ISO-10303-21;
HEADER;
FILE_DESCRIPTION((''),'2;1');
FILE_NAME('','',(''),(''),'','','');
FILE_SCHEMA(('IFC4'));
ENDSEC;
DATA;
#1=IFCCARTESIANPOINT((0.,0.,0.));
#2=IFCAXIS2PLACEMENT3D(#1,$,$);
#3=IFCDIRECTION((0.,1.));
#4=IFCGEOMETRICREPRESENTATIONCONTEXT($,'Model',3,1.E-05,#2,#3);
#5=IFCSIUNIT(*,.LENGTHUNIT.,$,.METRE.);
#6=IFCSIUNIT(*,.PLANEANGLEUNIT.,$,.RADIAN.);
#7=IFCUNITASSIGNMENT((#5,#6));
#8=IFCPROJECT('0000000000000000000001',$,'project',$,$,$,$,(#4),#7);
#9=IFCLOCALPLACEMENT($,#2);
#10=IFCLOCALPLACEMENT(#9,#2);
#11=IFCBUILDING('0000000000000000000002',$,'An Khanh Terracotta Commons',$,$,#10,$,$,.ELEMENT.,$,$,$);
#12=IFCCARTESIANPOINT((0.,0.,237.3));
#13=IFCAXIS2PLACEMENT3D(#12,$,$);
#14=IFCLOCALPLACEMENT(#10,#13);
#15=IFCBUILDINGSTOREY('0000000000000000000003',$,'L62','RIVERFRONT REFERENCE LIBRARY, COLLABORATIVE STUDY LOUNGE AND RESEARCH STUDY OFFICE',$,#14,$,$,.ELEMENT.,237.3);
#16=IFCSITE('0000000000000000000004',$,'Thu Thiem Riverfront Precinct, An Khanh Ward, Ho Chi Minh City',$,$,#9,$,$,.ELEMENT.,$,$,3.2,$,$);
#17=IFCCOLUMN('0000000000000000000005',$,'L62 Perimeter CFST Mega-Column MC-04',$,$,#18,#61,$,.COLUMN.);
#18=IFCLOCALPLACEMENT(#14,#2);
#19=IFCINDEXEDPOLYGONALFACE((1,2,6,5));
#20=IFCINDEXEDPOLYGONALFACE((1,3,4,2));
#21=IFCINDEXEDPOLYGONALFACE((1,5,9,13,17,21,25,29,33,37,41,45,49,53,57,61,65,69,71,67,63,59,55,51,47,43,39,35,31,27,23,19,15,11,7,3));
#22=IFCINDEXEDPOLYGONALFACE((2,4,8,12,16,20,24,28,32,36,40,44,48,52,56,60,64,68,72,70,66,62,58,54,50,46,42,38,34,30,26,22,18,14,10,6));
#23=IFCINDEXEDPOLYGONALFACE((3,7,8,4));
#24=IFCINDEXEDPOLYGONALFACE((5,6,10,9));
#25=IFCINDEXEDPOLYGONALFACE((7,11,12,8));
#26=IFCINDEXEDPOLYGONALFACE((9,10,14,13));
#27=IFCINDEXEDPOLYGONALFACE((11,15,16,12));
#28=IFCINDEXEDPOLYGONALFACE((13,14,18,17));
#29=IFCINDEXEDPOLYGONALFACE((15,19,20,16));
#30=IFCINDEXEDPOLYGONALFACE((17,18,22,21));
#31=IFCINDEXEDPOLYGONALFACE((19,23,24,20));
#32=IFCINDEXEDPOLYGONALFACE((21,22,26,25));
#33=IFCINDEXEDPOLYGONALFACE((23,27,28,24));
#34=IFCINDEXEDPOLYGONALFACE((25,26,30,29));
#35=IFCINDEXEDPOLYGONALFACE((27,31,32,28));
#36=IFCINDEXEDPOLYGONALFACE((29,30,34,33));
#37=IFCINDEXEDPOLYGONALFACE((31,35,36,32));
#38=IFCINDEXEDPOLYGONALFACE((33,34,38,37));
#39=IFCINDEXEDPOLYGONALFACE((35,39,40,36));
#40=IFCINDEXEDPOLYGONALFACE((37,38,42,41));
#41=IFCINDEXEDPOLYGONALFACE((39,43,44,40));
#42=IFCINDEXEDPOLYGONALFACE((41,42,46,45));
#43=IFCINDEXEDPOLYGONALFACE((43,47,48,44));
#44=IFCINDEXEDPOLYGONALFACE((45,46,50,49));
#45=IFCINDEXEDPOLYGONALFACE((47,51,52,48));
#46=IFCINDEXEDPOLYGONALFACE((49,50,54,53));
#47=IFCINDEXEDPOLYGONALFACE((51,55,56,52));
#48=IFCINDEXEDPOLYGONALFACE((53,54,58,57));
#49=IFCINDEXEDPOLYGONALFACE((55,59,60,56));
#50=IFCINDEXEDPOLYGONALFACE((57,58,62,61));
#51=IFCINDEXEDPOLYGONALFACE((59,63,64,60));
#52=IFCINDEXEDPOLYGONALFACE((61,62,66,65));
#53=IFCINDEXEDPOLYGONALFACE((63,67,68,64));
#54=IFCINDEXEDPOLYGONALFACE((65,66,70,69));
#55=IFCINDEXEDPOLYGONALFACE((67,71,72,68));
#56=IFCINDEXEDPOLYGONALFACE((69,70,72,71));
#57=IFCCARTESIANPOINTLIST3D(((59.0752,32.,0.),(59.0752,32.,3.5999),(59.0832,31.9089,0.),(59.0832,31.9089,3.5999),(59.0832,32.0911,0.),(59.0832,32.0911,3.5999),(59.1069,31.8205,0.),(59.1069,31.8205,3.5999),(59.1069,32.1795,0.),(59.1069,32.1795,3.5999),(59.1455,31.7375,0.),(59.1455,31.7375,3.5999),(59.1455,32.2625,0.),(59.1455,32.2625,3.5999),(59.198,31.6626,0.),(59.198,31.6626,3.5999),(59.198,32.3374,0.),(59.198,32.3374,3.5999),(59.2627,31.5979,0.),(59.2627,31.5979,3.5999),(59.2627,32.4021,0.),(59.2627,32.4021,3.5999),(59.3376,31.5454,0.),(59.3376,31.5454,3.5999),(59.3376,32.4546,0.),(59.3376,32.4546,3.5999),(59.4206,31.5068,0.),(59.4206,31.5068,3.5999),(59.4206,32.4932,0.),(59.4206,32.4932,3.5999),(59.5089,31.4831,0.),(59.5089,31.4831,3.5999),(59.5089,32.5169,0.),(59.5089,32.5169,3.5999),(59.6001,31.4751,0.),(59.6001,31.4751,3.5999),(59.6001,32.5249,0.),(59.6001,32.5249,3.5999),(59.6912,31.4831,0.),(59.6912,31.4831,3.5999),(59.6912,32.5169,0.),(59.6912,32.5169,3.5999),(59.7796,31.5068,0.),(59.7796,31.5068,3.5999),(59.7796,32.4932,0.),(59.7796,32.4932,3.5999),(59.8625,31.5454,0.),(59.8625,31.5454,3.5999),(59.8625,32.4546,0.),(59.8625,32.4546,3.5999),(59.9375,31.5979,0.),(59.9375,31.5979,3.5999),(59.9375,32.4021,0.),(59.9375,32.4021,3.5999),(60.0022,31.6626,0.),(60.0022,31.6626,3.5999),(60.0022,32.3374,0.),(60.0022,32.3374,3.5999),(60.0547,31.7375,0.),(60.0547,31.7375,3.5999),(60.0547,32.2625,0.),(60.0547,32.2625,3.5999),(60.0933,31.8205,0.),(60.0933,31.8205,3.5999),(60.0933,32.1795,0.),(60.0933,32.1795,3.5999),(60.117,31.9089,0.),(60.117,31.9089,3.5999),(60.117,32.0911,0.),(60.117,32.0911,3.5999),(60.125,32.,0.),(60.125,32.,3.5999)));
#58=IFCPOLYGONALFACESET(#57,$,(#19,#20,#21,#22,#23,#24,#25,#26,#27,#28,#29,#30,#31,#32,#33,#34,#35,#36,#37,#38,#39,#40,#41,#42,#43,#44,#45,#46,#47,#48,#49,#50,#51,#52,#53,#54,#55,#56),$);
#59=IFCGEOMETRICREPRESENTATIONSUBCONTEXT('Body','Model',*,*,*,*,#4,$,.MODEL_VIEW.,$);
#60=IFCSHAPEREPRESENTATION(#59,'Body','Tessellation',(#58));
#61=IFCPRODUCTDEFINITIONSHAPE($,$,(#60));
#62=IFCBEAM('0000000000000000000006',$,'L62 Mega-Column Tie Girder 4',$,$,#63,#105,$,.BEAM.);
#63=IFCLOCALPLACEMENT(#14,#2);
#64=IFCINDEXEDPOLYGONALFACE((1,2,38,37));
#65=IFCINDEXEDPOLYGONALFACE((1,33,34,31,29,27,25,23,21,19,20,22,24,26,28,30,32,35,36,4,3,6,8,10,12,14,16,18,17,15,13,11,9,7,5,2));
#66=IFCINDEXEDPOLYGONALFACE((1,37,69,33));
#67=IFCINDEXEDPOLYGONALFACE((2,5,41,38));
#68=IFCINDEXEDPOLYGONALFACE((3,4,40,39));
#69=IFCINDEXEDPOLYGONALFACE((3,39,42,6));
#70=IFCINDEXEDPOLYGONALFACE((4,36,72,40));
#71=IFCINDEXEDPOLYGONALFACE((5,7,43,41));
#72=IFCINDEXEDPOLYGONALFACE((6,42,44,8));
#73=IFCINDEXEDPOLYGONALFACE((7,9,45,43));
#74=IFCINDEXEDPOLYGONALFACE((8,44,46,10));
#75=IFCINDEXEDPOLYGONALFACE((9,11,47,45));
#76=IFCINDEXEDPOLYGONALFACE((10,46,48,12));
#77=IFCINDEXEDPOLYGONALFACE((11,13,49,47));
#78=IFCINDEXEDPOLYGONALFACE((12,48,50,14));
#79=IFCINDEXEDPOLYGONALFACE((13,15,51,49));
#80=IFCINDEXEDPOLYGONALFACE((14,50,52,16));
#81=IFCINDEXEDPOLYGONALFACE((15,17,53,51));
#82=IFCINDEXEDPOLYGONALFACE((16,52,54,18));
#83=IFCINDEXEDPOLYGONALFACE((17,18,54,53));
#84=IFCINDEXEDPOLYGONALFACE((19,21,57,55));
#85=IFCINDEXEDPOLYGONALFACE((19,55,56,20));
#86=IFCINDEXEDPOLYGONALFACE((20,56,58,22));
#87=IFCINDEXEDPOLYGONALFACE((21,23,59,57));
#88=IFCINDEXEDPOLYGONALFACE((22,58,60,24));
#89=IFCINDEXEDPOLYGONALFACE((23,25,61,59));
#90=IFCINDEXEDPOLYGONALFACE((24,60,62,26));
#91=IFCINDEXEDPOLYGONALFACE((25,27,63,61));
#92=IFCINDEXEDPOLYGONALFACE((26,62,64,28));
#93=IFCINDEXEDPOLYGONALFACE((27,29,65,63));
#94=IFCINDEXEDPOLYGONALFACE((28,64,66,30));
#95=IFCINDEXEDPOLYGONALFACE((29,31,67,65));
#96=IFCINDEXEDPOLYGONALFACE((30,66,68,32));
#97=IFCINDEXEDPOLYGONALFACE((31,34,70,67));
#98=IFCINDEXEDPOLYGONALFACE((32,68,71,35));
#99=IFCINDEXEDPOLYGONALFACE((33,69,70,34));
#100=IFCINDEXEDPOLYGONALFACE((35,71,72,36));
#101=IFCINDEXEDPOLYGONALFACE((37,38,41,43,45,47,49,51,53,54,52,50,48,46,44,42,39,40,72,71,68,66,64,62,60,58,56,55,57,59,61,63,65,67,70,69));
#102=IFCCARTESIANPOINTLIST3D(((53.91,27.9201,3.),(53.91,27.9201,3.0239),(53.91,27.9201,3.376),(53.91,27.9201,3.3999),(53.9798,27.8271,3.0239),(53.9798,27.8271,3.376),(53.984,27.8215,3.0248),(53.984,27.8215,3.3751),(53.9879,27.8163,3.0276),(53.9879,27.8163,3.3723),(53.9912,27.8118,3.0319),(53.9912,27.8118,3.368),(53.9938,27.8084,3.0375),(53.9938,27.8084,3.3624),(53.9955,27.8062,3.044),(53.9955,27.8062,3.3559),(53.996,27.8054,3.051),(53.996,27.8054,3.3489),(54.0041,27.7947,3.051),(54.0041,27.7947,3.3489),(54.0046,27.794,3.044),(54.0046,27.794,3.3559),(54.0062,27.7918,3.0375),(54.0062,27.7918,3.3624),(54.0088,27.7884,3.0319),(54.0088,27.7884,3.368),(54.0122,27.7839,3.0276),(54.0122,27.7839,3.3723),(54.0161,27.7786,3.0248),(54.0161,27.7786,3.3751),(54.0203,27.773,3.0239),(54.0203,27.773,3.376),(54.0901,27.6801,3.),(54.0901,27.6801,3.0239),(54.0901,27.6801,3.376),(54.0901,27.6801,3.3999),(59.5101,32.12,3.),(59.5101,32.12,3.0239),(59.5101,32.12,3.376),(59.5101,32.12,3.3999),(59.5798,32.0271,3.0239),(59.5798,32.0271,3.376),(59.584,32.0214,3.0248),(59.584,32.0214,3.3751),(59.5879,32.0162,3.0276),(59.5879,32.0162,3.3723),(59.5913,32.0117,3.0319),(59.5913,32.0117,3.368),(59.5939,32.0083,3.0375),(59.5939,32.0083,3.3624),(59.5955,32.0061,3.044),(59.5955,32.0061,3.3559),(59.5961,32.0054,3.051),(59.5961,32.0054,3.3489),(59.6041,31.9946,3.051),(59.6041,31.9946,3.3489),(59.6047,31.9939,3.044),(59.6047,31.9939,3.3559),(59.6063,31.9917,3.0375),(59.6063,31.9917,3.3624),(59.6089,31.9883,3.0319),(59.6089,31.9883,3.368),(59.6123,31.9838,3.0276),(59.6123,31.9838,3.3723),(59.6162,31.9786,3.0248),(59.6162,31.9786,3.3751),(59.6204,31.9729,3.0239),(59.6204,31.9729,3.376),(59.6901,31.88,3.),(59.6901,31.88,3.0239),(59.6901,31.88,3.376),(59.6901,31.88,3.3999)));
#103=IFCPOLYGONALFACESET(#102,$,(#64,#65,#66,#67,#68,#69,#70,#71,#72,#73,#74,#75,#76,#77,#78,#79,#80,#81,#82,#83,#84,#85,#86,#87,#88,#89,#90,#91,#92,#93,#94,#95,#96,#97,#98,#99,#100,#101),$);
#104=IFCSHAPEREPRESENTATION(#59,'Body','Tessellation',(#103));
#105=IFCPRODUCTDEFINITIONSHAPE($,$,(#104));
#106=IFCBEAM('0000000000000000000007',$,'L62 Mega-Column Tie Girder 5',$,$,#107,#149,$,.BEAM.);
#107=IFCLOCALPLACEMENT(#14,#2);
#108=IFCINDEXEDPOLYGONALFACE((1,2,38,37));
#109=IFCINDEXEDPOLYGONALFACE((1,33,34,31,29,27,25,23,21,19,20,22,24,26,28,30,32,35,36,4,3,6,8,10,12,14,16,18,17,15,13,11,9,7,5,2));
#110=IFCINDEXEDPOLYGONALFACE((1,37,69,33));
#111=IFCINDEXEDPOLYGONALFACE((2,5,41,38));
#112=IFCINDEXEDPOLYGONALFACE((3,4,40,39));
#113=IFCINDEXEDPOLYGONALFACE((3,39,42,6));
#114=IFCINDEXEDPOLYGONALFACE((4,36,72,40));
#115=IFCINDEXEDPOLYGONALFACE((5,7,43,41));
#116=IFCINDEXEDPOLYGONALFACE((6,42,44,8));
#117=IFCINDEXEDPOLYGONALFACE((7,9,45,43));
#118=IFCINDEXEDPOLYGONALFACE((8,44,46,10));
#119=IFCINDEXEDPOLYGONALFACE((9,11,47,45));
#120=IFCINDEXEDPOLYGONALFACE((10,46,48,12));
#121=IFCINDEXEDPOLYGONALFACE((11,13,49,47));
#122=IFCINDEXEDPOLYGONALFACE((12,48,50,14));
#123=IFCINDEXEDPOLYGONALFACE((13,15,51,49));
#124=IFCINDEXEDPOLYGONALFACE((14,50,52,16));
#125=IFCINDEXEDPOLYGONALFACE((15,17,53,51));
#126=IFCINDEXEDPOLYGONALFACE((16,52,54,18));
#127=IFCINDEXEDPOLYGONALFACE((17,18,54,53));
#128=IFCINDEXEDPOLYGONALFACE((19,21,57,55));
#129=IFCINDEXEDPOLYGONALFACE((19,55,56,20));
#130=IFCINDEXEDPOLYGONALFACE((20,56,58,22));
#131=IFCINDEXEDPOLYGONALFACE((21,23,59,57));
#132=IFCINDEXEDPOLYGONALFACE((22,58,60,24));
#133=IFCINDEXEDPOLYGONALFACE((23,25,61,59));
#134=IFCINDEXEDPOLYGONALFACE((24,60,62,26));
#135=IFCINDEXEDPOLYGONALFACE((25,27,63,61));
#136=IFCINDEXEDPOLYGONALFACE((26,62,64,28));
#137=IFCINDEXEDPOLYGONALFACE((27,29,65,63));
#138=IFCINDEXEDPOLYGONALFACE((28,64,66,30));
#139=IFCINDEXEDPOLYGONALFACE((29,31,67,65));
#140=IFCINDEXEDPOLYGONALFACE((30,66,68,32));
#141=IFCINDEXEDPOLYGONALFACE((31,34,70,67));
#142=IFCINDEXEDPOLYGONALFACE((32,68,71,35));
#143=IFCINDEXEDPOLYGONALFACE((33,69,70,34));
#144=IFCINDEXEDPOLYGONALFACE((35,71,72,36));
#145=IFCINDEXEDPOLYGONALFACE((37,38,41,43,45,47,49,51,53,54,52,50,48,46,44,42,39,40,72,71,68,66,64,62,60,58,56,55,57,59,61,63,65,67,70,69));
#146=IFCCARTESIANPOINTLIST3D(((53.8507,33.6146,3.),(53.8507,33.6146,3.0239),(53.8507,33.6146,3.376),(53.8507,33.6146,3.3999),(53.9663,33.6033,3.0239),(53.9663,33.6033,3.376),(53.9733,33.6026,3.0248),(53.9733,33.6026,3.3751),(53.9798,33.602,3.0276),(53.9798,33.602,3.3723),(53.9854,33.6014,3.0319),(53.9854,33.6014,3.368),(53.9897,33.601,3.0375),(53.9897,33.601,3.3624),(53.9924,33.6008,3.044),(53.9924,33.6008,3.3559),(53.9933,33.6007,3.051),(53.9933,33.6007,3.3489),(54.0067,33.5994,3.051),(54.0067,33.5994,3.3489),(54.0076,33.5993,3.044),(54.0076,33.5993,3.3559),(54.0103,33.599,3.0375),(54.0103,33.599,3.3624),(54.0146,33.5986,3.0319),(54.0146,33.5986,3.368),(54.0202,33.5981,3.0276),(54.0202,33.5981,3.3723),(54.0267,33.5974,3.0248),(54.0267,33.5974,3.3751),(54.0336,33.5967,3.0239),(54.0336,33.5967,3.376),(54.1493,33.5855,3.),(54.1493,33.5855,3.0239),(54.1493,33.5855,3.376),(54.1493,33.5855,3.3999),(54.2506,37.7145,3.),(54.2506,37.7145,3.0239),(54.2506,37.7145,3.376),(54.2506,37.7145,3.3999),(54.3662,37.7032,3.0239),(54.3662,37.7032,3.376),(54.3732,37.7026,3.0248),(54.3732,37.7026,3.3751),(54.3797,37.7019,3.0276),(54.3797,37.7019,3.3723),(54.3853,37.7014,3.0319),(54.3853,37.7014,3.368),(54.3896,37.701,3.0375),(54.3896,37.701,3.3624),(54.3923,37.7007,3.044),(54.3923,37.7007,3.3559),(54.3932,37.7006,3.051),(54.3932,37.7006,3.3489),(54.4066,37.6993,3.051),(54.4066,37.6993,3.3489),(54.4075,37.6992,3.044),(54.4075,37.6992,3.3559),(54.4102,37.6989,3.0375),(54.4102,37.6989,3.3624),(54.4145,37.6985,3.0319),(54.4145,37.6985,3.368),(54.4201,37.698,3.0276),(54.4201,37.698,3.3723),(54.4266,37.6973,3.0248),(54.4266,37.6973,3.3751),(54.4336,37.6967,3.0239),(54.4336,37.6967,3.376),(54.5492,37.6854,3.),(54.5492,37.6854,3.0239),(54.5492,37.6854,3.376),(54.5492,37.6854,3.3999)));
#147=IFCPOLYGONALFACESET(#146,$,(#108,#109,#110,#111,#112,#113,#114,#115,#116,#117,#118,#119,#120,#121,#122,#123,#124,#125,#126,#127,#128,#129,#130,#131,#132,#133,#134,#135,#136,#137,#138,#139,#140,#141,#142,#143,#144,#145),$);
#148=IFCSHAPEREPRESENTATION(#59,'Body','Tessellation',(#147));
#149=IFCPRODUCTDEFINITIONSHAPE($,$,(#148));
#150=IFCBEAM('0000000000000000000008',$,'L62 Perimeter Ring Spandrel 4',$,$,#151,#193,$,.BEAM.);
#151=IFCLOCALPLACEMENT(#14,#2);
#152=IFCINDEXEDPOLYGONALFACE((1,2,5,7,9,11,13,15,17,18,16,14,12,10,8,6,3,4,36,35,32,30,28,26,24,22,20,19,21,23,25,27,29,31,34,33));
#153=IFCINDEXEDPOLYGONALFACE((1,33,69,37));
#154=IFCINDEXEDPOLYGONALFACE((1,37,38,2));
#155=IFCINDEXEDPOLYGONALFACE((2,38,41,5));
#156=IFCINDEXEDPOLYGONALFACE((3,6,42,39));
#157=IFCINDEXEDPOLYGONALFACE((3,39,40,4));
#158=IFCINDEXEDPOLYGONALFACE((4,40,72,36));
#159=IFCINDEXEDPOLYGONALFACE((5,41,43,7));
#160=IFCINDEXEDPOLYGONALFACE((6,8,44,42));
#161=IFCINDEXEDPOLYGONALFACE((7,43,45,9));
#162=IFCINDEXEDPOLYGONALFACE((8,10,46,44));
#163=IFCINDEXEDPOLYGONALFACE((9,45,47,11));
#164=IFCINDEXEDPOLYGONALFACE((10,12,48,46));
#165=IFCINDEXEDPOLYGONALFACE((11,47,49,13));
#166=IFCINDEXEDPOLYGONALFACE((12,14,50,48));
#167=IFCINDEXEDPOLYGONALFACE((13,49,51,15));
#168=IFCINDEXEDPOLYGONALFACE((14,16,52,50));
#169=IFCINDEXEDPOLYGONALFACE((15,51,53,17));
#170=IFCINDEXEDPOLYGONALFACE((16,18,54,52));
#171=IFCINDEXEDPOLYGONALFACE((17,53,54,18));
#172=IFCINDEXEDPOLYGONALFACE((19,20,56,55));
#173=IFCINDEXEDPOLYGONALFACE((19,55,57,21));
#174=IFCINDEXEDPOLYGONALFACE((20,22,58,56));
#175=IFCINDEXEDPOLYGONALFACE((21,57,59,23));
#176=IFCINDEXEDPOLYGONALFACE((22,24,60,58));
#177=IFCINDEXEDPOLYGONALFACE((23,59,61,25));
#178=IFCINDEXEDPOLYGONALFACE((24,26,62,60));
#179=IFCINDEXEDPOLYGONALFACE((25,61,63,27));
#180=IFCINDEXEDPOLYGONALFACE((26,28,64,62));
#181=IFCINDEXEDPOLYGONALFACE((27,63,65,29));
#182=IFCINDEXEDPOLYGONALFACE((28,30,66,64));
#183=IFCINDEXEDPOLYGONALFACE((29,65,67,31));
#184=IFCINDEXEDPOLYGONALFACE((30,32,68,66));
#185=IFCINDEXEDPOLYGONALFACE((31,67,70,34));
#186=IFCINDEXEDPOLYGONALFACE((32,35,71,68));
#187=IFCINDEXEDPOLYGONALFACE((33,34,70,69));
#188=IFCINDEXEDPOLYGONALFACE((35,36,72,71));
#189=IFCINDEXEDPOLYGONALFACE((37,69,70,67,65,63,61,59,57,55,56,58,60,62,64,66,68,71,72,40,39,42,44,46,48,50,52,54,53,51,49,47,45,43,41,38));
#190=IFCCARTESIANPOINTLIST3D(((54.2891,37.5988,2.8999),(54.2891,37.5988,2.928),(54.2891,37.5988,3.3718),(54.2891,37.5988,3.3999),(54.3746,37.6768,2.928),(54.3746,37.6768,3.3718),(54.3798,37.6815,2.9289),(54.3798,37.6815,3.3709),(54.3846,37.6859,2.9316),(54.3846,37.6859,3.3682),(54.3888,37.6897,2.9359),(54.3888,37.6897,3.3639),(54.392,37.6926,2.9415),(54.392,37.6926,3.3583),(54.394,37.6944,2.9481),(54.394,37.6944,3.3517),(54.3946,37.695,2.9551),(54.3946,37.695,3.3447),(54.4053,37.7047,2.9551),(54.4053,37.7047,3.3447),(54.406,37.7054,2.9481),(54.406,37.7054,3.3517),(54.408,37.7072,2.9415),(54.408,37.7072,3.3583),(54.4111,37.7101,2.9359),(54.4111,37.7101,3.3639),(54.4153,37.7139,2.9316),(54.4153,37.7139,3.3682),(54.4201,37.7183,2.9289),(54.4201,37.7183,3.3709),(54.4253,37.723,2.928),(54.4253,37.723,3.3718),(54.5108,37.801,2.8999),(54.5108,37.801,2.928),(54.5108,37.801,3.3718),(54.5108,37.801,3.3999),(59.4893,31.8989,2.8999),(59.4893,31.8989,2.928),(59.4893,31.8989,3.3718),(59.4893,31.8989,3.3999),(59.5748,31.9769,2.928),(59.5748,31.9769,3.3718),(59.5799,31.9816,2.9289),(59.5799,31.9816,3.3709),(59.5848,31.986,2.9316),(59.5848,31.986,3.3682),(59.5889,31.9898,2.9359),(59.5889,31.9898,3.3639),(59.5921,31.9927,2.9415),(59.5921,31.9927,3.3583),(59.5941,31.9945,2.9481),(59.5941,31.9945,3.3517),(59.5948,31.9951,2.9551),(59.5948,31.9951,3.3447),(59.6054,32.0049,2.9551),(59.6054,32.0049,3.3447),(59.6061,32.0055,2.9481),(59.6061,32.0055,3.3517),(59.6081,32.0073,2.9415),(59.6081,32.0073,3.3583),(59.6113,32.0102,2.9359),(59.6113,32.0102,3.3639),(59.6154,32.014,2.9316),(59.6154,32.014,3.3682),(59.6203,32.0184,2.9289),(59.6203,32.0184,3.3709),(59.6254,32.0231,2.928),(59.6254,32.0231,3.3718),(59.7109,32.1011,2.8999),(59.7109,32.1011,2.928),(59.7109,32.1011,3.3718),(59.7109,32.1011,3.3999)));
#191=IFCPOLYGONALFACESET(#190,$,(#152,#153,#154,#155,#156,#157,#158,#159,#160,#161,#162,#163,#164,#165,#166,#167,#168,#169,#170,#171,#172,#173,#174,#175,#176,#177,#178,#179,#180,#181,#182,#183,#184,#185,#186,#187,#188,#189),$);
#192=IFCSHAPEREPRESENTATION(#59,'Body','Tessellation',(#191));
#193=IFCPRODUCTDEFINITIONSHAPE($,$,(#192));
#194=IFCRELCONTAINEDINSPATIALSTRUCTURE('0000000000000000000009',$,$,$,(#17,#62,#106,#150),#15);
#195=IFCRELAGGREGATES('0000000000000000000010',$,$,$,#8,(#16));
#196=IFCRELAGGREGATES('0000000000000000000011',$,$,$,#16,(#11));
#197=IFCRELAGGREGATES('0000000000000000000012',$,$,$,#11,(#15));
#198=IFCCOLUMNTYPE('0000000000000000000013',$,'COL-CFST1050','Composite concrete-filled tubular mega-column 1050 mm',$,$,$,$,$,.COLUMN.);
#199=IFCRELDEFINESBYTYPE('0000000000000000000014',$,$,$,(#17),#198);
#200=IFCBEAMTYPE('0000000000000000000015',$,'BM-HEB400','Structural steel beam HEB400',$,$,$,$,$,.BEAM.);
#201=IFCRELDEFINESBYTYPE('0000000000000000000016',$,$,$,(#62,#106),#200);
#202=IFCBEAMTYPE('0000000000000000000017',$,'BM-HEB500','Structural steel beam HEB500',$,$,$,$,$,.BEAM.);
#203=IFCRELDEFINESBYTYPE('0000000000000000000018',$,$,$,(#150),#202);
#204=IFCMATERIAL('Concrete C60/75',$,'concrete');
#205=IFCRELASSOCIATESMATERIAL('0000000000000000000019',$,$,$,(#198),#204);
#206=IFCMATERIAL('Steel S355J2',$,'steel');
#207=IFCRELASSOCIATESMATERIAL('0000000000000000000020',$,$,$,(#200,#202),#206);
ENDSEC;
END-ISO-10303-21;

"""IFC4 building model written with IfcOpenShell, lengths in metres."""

from ifc_helpers import new_model, si_unit, direction, frame, origin, origin_2d, place, context, subcontext, project, spatial, circle, i_section, extrude, material, material_profile, profile_set, type_object, element, save


model = new_model("IFC4")

# Units and contexts
model_context = context("Model", 3, precision=1e-05, world=origin(), true_north=direction((0.0, 1.0)))
body_context = subcontext(model_context, "Body", "Model", "MODEL_VIEW")
ifc_project = project(units=[si_unit("LENGTHUNIT", "METRE"), si_unit("PLANEANGLEUNIT", "RADIAN")], contexts=[model_context])

# Site, building, storey
site_placement = place(None, origin())
site = spatial("IfcSite", under=ifc_project, at=site_placement, Name="Thu Thiem Riverfront Precinct, An Khanh Ward, Ho Chi Minh City", CompositionType="ELEMENT", RefElevation=3.2)
building_placement = place(site_placement, origin())
building = spatial("IfcBuilding", under=site, at=building_placement, Name="An Khanh Terracotta Commons", CompositionType="ELEMENT")
storey_placement = place(building_placement, frame((0.0, 0.0, 237.3)))
storey = spatial("IfcBuildingStorey", under=building, at=storey_placement, Name="L62", Description="RIVERFRONT REFERENCE LIBRARY, COLLABORATIVE STUDY LOUNGE AND RESEARCH STUDY OFFICE", CompositionType="ELEMENT", Elevation=237.3)

# Column
ifc_material_1 = material(Name="Concrete C60/75", Category="concrete")
ifc_material_profile_1 = material_profile(ifc_material_1, circle(Radius=0.5249, at=origin_2d()), Name="CFST1050")
ifc_profile_set_1 = profile_set([ifc_material_profile_1], Name="Concrete C60/75")
column_type = type_object("IfcColumnType", Name="COL-CFST1050", Description="Composite concrete-filled tubular mega-column 1050 mm", PredefinedType="COLUMN", material=ifc_profile_set_1)
column_placement = place(storey_placement, frame((59.6001, 32.0, 0.0), z_axis=(0.0, 0.0, 1.0), x_axis=(1.0, 0.0, 0.0)))
element("IfcColumn", 1, at=column_placement, inside=storey, type_object=column_type, Name="L62 Perimeter CFST Mega-Column MC-04", PredefinedType="COLUMN", context=body_context, shape_type="SweptSolid", body=[
    extrude(circle(Radius=0.5249, at=origin_2d()), origin(), (0.0, 0.0, 1.0), 3.5999),
])

# Beams
ifc_material_2 = material(Name="Steel S355J2", Category="steel")
ifc_material_profile_2 = material_profile(ifc_material_2, i_section(OverallWidth=0.3, OverallDepth=0.3999, WebThickness=0.0134, FlangeThickness=0.0239, FilletRadius=0.0271, at=origin_2d()), Name="HEB400")
ifc_profile_set_2 = profile_set([ifc_material_profile_2], Name="Steel S355J2")
beam_type_1 = type_object("IfcBeamType", Name="BM-HEB400", Description="Structural steel beam HEB400", PredefinedType="BEAM", material=ifc_profile_set_2)
beam_1_placement = place(storey_placement, frame((59.6001, 32.0, 3.2), z_axis=(-0.800008, -0.599989, 0.0), x_axis=(0.599989, -0.800008, 0.0)))
element("IfcBeam", 2, at=beam_1_placement, inside=storey, type_object=beam_type_1, Name="L62 Mega-Column Tie Girder 4", PredefinedType="BEAM", context=body_context, shape_type="SweptSolid", body=[
    extrude(i_section(OverallWidth=0.3, OverallDepth=0.3999, WebThickness=0.0134, FlangeThickness=0.0239, FilletRadius=0.0271, at=origin_2d()), origin(), (0.0, 0.0, 1.0), 7.0),
])
beam_2_placement = place(storey_placement, frame((54.3999, 37.7, 3.2), z_axis=(-0.09708, -0.995277, 0.0), x_axis=(0.995277, -0.09708, 0.0)))
element("IfcBeam", 3, at=beam_2_placement, inside=storey, type_object=beam_type_1, Name="L62 Mega-Column Tie Girder 5", PredefinedType="BEAM", context=body_context, shape_type="SweptSolid", body=[
    extrude(i_section(OverallWidth=0.3, OverallDepth=0.3999, WebThickness=0.0134, FlangeThickness=0.0239, FilletRadius=0.0271, at=origin_2d()), origin(), (0.0, 0.0, 1.0), 4.1194),
])
ifc_material_profile_3 = material_profile(ifc_material_2, i_section(OverallWidth=0.3, OverallDepth=0.5, WebThickness=0.0144, FlangeThickness=0.0281, FilletRadius=0.0271, at=origin_2d()), Name="HEB500")
ifc_profile_set_3 = profile_set([ifc_material_profile_3], Name="Steel S355J2")
beam_type_2 = type_object("IfcBeamType", Name="BM-HEB500", Description="Structural steel beam HEB500", PredefinedType="BEAM", material=ifc_profile_set_3)
beam_3_placement = place(storey_placement, frame((59.6001, 32.0, 3.1499), z_axis=(-0.673979, 0.738751, 0.0), x_axis=(-0.738751, -0.673979, 0.0)))
element("IfcBeam", 4, at=beam_3_placement, inside=storey, type_object=beam_type_2, Name="L62 Perimeter Ring Spandrel 4", PredefinedType="BEAM", context=body_context, shape_type="SweptSolid", body=[
    extrude(i_section(OverallWidth=0.3, OverallDepth=0.5, WebThickness=0.0144, FlangeThickness=0.0281, FilletRadius=0.0271, at=origin_2d()), origin(), (0.0, 0.0, 1.0), 7.7156),
])

save(model, "model.ifc")
